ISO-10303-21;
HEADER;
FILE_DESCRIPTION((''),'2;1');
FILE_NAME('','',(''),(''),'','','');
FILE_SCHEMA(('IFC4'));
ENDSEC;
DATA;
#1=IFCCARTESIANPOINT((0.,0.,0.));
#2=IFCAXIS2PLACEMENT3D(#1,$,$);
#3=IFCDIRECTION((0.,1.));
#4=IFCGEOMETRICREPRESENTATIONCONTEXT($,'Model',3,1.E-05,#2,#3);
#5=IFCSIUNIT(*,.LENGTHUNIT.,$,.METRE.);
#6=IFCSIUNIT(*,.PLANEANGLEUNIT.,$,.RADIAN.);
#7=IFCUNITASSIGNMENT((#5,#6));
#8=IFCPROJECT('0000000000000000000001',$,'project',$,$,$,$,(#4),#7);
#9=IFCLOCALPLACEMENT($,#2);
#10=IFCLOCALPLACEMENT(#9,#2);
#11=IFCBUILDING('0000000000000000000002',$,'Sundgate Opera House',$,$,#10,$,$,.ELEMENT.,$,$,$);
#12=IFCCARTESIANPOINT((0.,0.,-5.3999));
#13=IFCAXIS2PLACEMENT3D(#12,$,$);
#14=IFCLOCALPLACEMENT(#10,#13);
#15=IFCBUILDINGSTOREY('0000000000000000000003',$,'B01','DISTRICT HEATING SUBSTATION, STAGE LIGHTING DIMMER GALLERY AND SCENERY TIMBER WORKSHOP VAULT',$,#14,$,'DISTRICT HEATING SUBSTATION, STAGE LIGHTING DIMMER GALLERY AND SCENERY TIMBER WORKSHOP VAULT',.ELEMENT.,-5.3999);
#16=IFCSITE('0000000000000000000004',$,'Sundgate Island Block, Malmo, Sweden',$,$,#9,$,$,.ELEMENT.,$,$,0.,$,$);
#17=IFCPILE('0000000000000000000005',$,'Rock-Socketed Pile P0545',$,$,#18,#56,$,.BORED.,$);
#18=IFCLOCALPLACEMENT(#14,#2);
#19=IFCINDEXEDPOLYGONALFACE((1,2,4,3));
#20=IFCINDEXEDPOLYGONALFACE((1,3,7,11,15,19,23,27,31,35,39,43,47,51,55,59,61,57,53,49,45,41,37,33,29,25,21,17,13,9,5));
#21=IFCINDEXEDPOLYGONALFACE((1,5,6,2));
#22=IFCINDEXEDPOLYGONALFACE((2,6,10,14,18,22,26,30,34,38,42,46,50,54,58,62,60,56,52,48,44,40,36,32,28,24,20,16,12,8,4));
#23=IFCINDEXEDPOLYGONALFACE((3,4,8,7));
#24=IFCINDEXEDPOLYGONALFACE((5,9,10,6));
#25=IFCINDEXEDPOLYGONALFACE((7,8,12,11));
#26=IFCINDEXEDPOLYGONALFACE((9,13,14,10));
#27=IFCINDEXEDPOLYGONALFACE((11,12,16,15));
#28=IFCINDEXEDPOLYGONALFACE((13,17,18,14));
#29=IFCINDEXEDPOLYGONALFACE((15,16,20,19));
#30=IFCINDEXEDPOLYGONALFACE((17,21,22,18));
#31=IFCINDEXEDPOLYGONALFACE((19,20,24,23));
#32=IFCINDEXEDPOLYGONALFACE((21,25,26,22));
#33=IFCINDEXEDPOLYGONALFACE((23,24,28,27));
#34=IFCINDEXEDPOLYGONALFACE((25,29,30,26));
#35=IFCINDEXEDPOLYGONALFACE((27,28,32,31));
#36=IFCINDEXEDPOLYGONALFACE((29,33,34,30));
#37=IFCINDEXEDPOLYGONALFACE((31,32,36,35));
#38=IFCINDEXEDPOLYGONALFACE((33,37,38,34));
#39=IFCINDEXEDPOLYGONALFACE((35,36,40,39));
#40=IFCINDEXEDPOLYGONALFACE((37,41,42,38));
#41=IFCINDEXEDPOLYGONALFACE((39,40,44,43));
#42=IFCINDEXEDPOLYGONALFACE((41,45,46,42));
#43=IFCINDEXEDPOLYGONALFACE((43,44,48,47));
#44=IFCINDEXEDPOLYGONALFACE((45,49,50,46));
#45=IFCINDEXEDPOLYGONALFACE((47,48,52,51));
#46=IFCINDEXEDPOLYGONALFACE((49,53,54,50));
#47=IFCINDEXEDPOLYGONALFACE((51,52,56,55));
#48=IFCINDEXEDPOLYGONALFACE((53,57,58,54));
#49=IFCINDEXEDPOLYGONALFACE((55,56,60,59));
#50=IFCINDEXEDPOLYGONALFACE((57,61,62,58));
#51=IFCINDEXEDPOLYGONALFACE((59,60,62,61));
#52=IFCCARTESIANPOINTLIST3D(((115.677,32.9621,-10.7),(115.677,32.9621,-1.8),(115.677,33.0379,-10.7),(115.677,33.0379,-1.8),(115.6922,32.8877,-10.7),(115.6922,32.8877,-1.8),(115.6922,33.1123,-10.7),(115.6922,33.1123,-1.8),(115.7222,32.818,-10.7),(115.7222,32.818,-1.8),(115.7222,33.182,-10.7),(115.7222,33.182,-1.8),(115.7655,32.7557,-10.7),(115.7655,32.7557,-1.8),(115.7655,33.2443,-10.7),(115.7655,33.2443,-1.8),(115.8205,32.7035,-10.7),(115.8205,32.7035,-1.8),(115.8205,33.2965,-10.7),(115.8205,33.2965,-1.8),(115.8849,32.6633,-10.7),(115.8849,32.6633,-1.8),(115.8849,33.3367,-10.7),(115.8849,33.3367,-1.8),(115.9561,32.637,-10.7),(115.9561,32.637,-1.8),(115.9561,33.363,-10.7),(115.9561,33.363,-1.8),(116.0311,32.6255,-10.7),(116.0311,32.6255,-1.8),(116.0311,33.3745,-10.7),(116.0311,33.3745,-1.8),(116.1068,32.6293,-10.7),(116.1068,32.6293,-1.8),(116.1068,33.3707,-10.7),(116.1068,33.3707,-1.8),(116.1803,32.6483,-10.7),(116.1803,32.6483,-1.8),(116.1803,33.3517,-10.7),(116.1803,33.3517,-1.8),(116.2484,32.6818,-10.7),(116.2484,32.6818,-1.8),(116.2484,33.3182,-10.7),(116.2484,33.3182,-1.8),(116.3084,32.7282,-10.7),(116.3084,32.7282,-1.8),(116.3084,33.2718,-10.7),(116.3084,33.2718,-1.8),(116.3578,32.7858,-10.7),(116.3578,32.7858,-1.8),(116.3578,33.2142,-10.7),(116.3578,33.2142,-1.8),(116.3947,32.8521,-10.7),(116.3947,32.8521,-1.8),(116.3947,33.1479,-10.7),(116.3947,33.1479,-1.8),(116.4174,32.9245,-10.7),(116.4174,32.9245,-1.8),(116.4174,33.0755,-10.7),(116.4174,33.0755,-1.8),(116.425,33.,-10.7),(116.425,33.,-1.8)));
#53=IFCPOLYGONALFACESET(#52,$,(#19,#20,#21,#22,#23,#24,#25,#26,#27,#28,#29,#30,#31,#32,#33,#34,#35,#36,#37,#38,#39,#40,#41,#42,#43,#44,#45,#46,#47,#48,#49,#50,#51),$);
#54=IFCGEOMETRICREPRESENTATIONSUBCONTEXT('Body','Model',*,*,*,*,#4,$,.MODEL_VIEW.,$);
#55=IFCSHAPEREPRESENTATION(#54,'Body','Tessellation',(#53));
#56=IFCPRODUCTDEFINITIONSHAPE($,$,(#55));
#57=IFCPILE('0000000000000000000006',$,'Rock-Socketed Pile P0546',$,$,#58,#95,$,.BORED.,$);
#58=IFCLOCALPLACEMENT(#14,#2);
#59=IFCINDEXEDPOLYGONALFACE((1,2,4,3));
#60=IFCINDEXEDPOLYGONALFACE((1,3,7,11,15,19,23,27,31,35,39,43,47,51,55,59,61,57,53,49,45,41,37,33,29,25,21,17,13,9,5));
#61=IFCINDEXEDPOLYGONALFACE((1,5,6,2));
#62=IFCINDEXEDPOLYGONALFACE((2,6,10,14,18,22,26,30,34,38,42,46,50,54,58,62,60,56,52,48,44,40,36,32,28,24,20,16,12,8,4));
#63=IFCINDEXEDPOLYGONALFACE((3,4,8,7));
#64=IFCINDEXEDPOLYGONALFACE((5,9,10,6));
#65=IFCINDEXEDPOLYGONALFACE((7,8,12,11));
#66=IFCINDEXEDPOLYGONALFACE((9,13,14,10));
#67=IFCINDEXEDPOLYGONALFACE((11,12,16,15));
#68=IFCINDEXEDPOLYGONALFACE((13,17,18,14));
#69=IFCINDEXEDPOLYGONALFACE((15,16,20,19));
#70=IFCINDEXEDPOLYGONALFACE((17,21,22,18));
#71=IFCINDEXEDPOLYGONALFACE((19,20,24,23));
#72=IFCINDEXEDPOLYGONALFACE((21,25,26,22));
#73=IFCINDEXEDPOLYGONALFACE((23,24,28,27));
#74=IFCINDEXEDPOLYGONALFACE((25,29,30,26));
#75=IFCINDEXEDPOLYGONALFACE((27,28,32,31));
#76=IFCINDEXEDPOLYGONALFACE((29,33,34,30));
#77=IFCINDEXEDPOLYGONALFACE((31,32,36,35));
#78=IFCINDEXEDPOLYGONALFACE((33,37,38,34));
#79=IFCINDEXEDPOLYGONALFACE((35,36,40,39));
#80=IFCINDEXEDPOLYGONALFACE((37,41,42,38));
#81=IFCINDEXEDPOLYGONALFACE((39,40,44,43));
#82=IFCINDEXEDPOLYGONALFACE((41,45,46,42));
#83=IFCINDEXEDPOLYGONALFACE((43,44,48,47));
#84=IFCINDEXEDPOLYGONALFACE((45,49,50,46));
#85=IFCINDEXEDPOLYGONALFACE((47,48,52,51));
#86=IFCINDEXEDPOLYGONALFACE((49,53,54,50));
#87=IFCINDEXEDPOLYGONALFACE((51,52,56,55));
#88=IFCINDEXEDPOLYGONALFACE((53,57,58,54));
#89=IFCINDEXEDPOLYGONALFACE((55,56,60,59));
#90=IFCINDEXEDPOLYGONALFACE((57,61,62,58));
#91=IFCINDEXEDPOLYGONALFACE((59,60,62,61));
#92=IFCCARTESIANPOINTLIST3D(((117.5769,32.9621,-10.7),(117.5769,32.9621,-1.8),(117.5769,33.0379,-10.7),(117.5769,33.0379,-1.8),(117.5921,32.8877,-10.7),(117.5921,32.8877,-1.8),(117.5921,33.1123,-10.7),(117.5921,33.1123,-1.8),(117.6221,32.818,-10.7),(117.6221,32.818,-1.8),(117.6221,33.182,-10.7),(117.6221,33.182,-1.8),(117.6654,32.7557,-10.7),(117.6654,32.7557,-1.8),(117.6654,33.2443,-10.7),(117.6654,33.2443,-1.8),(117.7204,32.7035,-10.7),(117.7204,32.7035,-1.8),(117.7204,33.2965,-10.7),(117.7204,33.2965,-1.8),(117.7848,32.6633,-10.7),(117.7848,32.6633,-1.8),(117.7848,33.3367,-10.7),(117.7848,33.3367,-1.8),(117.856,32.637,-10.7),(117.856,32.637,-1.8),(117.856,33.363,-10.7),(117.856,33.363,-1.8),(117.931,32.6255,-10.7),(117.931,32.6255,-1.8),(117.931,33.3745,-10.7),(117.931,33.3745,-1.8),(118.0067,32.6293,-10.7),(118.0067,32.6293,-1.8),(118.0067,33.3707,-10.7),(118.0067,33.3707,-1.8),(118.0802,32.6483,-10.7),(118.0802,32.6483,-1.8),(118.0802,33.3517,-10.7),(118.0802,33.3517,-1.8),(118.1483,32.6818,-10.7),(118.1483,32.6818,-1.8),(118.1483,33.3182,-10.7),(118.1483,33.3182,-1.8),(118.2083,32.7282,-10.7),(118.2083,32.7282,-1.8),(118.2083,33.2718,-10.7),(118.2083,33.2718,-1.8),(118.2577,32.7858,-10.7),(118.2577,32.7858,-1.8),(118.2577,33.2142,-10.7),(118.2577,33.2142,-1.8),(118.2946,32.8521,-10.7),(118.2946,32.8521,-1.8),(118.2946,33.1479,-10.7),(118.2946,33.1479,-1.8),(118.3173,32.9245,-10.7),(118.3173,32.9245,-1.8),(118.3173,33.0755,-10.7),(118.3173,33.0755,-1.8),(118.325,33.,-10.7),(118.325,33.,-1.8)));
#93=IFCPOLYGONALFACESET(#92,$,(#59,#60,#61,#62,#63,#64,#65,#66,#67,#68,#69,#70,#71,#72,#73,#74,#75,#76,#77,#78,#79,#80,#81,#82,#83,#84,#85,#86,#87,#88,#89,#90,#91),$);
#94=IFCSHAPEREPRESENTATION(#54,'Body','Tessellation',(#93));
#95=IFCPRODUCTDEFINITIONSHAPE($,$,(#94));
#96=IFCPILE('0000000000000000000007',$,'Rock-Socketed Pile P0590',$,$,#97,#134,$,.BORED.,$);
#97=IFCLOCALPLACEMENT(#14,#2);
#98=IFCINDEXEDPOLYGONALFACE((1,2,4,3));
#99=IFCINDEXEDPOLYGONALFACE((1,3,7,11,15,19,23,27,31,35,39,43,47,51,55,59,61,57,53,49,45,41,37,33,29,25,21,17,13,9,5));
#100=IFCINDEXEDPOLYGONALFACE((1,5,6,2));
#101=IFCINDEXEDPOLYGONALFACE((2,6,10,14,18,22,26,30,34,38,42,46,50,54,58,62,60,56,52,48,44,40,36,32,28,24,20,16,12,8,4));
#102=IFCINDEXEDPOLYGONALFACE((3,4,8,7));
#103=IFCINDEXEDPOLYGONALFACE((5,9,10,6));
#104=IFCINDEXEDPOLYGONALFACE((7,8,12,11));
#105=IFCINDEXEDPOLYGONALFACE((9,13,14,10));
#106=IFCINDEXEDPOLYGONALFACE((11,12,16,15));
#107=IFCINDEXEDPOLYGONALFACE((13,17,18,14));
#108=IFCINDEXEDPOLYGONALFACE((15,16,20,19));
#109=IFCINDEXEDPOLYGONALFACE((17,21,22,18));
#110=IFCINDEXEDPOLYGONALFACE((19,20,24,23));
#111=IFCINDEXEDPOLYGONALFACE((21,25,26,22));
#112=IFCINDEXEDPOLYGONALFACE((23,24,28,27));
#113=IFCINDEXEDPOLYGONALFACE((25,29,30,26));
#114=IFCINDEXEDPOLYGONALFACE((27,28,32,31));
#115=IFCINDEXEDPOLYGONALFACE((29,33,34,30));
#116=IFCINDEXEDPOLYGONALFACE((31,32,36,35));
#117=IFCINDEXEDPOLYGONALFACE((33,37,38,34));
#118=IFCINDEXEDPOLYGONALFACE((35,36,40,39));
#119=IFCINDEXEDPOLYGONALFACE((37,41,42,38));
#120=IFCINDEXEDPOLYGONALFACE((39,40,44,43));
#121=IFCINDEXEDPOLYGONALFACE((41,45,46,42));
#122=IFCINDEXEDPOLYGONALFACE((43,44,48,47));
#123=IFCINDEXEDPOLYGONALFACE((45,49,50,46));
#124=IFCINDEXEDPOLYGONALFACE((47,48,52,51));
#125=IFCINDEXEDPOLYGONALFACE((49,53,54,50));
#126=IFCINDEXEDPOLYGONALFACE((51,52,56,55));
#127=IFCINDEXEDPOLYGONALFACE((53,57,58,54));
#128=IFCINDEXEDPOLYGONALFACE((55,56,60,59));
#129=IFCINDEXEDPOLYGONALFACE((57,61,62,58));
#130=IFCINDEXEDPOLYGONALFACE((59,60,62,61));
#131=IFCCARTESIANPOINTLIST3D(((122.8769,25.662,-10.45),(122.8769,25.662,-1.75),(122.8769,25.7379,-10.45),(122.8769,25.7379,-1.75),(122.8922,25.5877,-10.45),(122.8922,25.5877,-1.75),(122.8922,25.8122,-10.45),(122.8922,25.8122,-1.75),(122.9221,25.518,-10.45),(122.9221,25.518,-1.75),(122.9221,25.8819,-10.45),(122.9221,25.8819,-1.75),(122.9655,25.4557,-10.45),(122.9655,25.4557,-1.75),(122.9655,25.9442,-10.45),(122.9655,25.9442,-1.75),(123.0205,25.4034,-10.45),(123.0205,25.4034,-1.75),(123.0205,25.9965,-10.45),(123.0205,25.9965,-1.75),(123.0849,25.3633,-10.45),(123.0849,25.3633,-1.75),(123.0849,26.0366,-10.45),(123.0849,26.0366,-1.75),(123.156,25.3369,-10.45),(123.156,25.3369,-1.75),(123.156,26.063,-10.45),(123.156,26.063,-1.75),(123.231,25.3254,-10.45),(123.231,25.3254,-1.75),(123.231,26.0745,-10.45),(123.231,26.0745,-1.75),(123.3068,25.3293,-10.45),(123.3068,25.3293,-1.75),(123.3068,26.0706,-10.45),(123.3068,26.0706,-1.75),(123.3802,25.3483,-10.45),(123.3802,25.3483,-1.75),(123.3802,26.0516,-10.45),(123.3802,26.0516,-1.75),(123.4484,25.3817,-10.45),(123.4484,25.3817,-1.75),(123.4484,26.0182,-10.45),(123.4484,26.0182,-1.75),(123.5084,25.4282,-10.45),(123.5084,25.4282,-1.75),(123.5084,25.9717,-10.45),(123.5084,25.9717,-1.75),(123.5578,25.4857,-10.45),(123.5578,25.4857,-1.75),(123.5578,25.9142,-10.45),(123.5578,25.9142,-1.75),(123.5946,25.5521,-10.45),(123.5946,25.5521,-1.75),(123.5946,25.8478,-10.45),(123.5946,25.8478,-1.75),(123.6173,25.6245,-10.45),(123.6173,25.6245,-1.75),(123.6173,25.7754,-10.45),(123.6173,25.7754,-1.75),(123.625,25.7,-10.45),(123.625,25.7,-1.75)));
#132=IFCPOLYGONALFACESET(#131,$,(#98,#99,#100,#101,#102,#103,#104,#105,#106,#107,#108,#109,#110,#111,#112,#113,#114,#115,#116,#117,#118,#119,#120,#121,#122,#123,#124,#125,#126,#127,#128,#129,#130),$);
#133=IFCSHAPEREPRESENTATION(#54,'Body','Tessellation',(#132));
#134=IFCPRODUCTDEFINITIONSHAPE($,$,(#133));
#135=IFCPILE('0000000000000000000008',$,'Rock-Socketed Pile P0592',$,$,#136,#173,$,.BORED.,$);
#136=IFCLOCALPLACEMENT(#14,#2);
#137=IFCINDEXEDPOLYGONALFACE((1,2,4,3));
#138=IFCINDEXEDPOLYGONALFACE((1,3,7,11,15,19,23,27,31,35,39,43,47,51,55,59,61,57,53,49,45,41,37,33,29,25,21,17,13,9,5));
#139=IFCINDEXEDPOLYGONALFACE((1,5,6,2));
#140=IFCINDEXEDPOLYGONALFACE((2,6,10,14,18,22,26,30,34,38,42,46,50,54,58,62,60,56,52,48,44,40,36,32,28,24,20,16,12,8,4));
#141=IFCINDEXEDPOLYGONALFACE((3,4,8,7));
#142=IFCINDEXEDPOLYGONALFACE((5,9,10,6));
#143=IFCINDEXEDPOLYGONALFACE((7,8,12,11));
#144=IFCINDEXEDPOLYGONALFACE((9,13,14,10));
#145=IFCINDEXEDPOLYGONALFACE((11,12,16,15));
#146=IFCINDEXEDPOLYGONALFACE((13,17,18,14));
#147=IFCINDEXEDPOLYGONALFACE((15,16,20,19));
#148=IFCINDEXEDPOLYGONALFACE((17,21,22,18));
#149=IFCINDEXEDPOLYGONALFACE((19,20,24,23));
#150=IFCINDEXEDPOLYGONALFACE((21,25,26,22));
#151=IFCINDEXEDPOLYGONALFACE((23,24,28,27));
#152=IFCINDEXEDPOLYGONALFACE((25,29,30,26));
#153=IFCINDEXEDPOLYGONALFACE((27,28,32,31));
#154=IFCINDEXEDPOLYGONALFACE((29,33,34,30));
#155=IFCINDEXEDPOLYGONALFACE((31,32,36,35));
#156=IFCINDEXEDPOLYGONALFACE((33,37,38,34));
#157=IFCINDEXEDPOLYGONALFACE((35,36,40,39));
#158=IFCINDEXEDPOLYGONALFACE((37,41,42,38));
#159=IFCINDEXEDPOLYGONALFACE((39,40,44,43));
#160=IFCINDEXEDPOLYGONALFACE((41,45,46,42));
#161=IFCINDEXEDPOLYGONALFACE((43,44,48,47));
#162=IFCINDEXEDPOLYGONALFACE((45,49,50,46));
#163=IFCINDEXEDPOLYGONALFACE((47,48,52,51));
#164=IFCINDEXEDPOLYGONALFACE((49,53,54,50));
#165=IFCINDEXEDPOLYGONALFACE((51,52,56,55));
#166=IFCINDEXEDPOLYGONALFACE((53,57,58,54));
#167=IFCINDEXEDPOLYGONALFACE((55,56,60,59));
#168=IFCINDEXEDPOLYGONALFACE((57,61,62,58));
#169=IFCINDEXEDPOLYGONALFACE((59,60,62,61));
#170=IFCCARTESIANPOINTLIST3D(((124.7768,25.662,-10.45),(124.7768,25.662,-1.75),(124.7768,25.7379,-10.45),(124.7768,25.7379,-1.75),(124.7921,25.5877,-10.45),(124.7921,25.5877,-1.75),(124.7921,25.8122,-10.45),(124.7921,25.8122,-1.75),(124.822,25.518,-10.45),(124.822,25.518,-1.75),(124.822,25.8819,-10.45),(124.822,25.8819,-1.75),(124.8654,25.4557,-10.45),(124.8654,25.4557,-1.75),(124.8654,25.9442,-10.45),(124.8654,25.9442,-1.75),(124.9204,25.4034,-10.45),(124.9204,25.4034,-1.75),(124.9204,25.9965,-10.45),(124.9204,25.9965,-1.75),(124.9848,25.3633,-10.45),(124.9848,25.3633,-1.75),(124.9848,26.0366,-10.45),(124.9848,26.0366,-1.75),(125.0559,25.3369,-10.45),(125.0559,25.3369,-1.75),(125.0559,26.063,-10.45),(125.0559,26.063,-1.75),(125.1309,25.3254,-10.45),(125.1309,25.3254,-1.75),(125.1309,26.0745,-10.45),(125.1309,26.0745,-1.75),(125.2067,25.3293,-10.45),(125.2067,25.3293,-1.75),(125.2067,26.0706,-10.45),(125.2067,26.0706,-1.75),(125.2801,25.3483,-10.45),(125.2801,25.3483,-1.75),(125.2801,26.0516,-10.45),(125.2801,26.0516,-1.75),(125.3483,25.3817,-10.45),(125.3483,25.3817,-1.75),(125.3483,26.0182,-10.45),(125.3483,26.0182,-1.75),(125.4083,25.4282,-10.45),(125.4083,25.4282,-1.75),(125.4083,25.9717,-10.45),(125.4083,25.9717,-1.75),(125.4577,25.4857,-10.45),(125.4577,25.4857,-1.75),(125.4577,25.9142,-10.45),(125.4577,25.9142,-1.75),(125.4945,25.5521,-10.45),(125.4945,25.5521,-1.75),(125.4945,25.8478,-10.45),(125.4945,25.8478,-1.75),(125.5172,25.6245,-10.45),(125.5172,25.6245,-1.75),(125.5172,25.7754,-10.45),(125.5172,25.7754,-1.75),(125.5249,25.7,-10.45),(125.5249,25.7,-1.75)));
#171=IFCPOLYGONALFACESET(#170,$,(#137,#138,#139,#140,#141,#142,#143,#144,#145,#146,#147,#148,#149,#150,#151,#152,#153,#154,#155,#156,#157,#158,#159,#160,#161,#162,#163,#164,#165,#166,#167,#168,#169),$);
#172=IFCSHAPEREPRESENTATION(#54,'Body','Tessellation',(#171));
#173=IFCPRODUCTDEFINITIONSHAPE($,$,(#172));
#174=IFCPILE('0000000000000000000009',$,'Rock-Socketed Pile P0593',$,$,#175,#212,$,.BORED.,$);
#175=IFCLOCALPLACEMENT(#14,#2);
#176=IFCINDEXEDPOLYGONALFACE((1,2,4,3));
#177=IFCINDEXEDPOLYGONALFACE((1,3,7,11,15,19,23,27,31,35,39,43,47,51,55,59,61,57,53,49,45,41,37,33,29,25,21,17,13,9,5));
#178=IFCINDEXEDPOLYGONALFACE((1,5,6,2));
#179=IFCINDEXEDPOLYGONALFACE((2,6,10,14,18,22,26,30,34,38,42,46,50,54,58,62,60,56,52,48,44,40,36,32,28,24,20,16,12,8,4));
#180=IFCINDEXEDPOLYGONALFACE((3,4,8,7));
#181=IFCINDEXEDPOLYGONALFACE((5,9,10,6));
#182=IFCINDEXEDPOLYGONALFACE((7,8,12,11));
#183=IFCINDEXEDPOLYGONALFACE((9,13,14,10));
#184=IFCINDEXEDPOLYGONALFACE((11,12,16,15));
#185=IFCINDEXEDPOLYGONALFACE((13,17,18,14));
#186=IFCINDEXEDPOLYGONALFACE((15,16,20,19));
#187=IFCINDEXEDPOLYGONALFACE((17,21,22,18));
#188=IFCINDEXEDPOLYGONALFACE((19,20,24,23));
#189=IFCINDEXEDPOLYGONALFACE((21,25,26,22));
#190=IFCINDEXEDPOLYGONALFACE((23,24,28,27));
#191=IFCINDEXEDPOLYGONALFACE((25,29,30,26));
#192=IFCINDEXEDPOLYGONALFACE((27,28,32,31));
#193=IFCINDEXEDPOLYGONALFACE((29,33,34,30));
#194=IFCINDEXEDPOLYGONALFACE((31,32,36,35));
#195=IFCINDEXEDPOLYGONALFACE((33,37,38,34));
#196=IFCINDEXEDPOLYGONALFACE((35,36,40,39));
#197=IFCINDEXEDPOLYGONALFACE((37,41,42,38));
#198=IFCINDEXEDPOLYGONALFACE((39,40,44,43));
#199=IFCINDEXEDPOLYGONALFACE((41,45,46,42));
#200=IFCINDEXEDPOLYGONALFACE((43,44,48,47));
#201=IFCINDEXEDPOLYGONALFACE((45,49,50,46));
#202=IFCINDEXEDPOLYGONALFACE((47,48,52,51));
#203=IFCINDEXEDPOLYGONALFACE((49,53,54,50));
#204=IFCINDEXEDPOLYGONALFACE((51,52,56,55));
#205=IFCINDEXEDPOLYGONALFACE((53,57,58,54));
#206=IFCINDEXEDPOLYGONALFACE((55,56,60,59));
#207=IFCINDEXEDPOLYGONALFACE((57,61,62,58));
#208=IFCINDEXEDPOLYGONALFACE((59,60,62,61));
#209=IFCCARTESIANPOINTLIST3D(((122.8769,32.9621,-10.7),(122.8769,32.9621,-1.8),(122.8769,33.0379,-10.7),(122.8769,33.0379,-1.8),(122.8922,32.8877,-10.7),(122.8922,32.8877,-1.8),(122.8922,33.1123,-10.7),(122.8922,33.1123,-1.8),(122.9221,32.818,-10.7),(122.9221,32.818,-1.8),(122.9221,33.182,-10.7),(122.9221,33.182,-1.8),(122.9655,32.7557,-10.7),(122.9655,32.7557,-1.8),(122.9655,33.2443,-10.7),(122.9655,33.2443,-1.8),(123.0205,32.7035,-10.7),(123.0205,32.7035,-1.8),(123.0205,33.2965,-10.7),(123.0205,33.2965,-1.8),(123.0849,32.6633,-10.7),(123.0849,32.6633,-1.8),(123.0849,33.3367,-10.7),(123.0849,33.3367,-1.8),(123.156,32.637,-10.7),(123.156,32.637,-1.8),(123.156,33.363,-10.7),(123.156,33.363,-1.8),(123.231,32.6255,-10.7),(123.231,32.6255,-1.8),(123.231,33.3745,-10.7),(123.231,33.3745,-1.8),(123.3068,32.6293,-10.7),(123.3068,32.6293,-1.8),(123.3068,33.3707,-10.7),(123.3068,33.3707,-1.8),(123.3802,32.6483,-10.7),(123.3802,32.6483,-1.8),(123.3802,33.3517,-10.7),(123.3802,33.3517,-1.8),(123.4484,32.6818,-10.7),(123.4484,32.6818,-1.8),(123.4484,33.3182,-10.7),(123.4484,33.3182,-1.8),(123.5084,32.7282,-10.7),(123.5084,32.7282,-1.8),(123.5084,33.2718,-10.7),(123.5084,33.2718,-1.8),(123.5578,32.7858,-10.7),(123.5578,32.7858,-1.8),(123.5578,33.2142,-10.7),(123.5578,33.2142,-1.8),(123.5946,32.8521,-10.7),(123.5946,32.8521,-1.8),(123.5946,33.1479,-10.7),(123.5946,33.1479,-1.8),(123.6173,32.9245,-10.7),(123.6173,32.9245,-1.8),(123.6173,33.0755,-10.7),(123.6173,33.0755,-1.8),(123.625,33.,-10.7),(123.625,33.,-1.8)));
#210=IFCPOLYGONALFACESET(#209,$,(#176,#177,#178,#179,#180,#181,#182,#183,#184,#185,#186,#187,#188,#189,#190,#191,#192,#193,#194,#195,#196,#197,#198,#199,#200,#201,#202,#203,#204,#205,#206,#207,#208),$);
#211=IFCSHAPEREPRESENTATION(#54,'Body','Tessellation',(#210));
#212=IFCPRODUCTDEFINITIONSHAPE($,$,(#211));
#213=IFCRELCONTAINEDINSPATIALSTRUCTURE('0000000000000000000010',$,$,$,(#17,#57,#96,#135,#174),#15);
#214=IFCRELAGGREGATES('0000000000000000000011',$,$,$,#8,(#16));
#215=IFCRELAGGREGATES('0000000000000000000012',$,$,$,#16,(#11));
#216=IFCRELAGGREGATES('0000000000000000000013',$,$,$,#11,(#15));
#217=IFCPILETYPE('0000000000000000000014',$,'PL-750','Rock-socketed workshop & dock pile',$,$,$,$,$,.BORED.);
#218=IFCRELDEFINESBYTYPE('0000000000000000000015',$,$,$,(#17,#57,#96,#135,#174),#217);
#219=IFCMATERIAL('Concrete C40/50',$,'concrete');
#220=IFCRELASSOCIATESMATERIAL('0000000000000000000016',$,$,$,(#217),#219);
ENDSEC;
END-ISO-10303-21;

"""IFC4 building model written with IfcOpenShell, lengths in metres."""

from ifc_helpers import new_model, si_unit, direction, frame, origin, origin_2d, place, context, subcontext, project, spatial, circle, extrude, material, material_profile, profile_set, type_object, element, save


model = new_model("IFC4")

# Units and contexts
model_context = context("Model", 3, precision=1e-05, world=origin(), true_north=direction((0.0, 1.0)))
body_context = subcontext(model_context, "Body", "Model", "MODEL_VIEW")
ifc_project = project(units=[si_unit("LENGTHUNIT", "METRE"), si_unit("PLANEANGLEUNIT", "RADIAN")], contexts=[model_context])

# Site, building, storey
site_placement = place(None, origin())
site = spatial("IfcSite", under=ifc_project, at=site_placement, Name="Sundgate Island Block, Malmo, Sweden", CompositionType="ELEMENT", RefElevation=0.0)
building_placement = place(site_placement, origin())
building = spatial("IfcBuilding", under=site, at=building_placement, Name="Sundgate Opera House", CompositionType="ELEMENT")
storey_placement = place(building_placement, frame((0.0, 0.0, -5.3999)))
storey = spatial("IfcBuildingStorey", under=building, at=storey_placement, Name="B01", Description="DISTRICT HEATING SUBSTATION, STAGE LIGHTING DIMMER GALLERY AND SCENERY TIMBER WORKSHOP VAULT", LongName="DISTRICT HEATING SUBSTATION, STAGE LIGHTING DIMMER GALLERY AND SCENERY TIMBER WORKSHOP VAULT", CompositionType="ELEMENT", Elevation=-5.3999)

# Piles
ifc_material_1 = material(Name="Concrete C40/50", Category="concrete")
ifc_material_profile_1 = material_profile(ifc_material_1, circle(Radius=0.375, at=origin_2d()), Name="PILE D750")
ifc_profile_set_1 = profile_set([ifc_material_profile_1], Name="Concrete C40/50")
pile_type = type_object("IfcPileType", Name="PL-750", Description="Rock-socketed workshop & dock pile", PredefinedType="BORED", material=ifc_profile_set_1)
for number, where, z_axis, x_axis, name in (
    (1, (116.05, 33.0, -1.8), (0.0, 0.0, -1.0), (1.0, 0.0, 0.0), "Rock-Socketed Pile P0545"),
    (2, (117.95, 33.0, -1.8), (0.0, 0.0, -1.0), (1.0, 0.0, 0.0), "Rock-Socketed Pile P0546"),
):
    element("IfcPile", number, at=place(storey_placement, frame(where, z_axis=z_axis, x_axis=x_axis)), inside=storey, type_object=pile_type, Name=name, PredefinedType="BORED", context=body_context, shape_type="SweptSolid", body=[
        extrude(circle(Radius=0.375, at=origin_2d()), origin(), (0.0, 0.0, 1.0), 8.8999),
    ])
for number, where, z_axis, x_axis, name in (
    (3, (123.25, 25.7, -1.75), (0.0, 0.0, -1.0), (1.0, 0.0, 0.0), "Rock-Socketed Pile P0590"),
    (4, (125.1499, 25.7, -1.75), (0.0, 0.0, -1.0), (1.0, 0.0, 0.0), "Rock-Socketed Pile P0592"),
):
    element("IfcPile", number, at=place(storey_placement, frame(where, z_axis=z_axis, x_axis=x_axis)), inside=storey, type_object=pile_type, Name=name, PredefinedType="BORED", context=body_context, shape_type="SweptSolid", body=[
        extrude(circle(Radius=0.375, at=origin_2d()), origin(), (0.0, 0.0, 1.0), 8.7),
    ])
for number, where, z_axis, x_axis, name in (
    (5, (123.25, 33.0, -1.8), (0.0, 0.0, -1.0), (1.0, 0.0, 0.0), "Rock-Socketed Pile P0593"),
):
    element("IfcPile", number, at=place(storey_placement, frame(where, z_axis=z_axis, x_axis=x_axis)), inside=storey, type_object=pile_type, Name=name, PredefinedType="BORED", context=body_context, shape_type="SweptSolid", body=[
        extrude(circle(Radius=0.375, at=origin_2d()), origin(), (0.0, 0.0, 1.0), 8.8999),
    ])

save(model, "model.ifc")
